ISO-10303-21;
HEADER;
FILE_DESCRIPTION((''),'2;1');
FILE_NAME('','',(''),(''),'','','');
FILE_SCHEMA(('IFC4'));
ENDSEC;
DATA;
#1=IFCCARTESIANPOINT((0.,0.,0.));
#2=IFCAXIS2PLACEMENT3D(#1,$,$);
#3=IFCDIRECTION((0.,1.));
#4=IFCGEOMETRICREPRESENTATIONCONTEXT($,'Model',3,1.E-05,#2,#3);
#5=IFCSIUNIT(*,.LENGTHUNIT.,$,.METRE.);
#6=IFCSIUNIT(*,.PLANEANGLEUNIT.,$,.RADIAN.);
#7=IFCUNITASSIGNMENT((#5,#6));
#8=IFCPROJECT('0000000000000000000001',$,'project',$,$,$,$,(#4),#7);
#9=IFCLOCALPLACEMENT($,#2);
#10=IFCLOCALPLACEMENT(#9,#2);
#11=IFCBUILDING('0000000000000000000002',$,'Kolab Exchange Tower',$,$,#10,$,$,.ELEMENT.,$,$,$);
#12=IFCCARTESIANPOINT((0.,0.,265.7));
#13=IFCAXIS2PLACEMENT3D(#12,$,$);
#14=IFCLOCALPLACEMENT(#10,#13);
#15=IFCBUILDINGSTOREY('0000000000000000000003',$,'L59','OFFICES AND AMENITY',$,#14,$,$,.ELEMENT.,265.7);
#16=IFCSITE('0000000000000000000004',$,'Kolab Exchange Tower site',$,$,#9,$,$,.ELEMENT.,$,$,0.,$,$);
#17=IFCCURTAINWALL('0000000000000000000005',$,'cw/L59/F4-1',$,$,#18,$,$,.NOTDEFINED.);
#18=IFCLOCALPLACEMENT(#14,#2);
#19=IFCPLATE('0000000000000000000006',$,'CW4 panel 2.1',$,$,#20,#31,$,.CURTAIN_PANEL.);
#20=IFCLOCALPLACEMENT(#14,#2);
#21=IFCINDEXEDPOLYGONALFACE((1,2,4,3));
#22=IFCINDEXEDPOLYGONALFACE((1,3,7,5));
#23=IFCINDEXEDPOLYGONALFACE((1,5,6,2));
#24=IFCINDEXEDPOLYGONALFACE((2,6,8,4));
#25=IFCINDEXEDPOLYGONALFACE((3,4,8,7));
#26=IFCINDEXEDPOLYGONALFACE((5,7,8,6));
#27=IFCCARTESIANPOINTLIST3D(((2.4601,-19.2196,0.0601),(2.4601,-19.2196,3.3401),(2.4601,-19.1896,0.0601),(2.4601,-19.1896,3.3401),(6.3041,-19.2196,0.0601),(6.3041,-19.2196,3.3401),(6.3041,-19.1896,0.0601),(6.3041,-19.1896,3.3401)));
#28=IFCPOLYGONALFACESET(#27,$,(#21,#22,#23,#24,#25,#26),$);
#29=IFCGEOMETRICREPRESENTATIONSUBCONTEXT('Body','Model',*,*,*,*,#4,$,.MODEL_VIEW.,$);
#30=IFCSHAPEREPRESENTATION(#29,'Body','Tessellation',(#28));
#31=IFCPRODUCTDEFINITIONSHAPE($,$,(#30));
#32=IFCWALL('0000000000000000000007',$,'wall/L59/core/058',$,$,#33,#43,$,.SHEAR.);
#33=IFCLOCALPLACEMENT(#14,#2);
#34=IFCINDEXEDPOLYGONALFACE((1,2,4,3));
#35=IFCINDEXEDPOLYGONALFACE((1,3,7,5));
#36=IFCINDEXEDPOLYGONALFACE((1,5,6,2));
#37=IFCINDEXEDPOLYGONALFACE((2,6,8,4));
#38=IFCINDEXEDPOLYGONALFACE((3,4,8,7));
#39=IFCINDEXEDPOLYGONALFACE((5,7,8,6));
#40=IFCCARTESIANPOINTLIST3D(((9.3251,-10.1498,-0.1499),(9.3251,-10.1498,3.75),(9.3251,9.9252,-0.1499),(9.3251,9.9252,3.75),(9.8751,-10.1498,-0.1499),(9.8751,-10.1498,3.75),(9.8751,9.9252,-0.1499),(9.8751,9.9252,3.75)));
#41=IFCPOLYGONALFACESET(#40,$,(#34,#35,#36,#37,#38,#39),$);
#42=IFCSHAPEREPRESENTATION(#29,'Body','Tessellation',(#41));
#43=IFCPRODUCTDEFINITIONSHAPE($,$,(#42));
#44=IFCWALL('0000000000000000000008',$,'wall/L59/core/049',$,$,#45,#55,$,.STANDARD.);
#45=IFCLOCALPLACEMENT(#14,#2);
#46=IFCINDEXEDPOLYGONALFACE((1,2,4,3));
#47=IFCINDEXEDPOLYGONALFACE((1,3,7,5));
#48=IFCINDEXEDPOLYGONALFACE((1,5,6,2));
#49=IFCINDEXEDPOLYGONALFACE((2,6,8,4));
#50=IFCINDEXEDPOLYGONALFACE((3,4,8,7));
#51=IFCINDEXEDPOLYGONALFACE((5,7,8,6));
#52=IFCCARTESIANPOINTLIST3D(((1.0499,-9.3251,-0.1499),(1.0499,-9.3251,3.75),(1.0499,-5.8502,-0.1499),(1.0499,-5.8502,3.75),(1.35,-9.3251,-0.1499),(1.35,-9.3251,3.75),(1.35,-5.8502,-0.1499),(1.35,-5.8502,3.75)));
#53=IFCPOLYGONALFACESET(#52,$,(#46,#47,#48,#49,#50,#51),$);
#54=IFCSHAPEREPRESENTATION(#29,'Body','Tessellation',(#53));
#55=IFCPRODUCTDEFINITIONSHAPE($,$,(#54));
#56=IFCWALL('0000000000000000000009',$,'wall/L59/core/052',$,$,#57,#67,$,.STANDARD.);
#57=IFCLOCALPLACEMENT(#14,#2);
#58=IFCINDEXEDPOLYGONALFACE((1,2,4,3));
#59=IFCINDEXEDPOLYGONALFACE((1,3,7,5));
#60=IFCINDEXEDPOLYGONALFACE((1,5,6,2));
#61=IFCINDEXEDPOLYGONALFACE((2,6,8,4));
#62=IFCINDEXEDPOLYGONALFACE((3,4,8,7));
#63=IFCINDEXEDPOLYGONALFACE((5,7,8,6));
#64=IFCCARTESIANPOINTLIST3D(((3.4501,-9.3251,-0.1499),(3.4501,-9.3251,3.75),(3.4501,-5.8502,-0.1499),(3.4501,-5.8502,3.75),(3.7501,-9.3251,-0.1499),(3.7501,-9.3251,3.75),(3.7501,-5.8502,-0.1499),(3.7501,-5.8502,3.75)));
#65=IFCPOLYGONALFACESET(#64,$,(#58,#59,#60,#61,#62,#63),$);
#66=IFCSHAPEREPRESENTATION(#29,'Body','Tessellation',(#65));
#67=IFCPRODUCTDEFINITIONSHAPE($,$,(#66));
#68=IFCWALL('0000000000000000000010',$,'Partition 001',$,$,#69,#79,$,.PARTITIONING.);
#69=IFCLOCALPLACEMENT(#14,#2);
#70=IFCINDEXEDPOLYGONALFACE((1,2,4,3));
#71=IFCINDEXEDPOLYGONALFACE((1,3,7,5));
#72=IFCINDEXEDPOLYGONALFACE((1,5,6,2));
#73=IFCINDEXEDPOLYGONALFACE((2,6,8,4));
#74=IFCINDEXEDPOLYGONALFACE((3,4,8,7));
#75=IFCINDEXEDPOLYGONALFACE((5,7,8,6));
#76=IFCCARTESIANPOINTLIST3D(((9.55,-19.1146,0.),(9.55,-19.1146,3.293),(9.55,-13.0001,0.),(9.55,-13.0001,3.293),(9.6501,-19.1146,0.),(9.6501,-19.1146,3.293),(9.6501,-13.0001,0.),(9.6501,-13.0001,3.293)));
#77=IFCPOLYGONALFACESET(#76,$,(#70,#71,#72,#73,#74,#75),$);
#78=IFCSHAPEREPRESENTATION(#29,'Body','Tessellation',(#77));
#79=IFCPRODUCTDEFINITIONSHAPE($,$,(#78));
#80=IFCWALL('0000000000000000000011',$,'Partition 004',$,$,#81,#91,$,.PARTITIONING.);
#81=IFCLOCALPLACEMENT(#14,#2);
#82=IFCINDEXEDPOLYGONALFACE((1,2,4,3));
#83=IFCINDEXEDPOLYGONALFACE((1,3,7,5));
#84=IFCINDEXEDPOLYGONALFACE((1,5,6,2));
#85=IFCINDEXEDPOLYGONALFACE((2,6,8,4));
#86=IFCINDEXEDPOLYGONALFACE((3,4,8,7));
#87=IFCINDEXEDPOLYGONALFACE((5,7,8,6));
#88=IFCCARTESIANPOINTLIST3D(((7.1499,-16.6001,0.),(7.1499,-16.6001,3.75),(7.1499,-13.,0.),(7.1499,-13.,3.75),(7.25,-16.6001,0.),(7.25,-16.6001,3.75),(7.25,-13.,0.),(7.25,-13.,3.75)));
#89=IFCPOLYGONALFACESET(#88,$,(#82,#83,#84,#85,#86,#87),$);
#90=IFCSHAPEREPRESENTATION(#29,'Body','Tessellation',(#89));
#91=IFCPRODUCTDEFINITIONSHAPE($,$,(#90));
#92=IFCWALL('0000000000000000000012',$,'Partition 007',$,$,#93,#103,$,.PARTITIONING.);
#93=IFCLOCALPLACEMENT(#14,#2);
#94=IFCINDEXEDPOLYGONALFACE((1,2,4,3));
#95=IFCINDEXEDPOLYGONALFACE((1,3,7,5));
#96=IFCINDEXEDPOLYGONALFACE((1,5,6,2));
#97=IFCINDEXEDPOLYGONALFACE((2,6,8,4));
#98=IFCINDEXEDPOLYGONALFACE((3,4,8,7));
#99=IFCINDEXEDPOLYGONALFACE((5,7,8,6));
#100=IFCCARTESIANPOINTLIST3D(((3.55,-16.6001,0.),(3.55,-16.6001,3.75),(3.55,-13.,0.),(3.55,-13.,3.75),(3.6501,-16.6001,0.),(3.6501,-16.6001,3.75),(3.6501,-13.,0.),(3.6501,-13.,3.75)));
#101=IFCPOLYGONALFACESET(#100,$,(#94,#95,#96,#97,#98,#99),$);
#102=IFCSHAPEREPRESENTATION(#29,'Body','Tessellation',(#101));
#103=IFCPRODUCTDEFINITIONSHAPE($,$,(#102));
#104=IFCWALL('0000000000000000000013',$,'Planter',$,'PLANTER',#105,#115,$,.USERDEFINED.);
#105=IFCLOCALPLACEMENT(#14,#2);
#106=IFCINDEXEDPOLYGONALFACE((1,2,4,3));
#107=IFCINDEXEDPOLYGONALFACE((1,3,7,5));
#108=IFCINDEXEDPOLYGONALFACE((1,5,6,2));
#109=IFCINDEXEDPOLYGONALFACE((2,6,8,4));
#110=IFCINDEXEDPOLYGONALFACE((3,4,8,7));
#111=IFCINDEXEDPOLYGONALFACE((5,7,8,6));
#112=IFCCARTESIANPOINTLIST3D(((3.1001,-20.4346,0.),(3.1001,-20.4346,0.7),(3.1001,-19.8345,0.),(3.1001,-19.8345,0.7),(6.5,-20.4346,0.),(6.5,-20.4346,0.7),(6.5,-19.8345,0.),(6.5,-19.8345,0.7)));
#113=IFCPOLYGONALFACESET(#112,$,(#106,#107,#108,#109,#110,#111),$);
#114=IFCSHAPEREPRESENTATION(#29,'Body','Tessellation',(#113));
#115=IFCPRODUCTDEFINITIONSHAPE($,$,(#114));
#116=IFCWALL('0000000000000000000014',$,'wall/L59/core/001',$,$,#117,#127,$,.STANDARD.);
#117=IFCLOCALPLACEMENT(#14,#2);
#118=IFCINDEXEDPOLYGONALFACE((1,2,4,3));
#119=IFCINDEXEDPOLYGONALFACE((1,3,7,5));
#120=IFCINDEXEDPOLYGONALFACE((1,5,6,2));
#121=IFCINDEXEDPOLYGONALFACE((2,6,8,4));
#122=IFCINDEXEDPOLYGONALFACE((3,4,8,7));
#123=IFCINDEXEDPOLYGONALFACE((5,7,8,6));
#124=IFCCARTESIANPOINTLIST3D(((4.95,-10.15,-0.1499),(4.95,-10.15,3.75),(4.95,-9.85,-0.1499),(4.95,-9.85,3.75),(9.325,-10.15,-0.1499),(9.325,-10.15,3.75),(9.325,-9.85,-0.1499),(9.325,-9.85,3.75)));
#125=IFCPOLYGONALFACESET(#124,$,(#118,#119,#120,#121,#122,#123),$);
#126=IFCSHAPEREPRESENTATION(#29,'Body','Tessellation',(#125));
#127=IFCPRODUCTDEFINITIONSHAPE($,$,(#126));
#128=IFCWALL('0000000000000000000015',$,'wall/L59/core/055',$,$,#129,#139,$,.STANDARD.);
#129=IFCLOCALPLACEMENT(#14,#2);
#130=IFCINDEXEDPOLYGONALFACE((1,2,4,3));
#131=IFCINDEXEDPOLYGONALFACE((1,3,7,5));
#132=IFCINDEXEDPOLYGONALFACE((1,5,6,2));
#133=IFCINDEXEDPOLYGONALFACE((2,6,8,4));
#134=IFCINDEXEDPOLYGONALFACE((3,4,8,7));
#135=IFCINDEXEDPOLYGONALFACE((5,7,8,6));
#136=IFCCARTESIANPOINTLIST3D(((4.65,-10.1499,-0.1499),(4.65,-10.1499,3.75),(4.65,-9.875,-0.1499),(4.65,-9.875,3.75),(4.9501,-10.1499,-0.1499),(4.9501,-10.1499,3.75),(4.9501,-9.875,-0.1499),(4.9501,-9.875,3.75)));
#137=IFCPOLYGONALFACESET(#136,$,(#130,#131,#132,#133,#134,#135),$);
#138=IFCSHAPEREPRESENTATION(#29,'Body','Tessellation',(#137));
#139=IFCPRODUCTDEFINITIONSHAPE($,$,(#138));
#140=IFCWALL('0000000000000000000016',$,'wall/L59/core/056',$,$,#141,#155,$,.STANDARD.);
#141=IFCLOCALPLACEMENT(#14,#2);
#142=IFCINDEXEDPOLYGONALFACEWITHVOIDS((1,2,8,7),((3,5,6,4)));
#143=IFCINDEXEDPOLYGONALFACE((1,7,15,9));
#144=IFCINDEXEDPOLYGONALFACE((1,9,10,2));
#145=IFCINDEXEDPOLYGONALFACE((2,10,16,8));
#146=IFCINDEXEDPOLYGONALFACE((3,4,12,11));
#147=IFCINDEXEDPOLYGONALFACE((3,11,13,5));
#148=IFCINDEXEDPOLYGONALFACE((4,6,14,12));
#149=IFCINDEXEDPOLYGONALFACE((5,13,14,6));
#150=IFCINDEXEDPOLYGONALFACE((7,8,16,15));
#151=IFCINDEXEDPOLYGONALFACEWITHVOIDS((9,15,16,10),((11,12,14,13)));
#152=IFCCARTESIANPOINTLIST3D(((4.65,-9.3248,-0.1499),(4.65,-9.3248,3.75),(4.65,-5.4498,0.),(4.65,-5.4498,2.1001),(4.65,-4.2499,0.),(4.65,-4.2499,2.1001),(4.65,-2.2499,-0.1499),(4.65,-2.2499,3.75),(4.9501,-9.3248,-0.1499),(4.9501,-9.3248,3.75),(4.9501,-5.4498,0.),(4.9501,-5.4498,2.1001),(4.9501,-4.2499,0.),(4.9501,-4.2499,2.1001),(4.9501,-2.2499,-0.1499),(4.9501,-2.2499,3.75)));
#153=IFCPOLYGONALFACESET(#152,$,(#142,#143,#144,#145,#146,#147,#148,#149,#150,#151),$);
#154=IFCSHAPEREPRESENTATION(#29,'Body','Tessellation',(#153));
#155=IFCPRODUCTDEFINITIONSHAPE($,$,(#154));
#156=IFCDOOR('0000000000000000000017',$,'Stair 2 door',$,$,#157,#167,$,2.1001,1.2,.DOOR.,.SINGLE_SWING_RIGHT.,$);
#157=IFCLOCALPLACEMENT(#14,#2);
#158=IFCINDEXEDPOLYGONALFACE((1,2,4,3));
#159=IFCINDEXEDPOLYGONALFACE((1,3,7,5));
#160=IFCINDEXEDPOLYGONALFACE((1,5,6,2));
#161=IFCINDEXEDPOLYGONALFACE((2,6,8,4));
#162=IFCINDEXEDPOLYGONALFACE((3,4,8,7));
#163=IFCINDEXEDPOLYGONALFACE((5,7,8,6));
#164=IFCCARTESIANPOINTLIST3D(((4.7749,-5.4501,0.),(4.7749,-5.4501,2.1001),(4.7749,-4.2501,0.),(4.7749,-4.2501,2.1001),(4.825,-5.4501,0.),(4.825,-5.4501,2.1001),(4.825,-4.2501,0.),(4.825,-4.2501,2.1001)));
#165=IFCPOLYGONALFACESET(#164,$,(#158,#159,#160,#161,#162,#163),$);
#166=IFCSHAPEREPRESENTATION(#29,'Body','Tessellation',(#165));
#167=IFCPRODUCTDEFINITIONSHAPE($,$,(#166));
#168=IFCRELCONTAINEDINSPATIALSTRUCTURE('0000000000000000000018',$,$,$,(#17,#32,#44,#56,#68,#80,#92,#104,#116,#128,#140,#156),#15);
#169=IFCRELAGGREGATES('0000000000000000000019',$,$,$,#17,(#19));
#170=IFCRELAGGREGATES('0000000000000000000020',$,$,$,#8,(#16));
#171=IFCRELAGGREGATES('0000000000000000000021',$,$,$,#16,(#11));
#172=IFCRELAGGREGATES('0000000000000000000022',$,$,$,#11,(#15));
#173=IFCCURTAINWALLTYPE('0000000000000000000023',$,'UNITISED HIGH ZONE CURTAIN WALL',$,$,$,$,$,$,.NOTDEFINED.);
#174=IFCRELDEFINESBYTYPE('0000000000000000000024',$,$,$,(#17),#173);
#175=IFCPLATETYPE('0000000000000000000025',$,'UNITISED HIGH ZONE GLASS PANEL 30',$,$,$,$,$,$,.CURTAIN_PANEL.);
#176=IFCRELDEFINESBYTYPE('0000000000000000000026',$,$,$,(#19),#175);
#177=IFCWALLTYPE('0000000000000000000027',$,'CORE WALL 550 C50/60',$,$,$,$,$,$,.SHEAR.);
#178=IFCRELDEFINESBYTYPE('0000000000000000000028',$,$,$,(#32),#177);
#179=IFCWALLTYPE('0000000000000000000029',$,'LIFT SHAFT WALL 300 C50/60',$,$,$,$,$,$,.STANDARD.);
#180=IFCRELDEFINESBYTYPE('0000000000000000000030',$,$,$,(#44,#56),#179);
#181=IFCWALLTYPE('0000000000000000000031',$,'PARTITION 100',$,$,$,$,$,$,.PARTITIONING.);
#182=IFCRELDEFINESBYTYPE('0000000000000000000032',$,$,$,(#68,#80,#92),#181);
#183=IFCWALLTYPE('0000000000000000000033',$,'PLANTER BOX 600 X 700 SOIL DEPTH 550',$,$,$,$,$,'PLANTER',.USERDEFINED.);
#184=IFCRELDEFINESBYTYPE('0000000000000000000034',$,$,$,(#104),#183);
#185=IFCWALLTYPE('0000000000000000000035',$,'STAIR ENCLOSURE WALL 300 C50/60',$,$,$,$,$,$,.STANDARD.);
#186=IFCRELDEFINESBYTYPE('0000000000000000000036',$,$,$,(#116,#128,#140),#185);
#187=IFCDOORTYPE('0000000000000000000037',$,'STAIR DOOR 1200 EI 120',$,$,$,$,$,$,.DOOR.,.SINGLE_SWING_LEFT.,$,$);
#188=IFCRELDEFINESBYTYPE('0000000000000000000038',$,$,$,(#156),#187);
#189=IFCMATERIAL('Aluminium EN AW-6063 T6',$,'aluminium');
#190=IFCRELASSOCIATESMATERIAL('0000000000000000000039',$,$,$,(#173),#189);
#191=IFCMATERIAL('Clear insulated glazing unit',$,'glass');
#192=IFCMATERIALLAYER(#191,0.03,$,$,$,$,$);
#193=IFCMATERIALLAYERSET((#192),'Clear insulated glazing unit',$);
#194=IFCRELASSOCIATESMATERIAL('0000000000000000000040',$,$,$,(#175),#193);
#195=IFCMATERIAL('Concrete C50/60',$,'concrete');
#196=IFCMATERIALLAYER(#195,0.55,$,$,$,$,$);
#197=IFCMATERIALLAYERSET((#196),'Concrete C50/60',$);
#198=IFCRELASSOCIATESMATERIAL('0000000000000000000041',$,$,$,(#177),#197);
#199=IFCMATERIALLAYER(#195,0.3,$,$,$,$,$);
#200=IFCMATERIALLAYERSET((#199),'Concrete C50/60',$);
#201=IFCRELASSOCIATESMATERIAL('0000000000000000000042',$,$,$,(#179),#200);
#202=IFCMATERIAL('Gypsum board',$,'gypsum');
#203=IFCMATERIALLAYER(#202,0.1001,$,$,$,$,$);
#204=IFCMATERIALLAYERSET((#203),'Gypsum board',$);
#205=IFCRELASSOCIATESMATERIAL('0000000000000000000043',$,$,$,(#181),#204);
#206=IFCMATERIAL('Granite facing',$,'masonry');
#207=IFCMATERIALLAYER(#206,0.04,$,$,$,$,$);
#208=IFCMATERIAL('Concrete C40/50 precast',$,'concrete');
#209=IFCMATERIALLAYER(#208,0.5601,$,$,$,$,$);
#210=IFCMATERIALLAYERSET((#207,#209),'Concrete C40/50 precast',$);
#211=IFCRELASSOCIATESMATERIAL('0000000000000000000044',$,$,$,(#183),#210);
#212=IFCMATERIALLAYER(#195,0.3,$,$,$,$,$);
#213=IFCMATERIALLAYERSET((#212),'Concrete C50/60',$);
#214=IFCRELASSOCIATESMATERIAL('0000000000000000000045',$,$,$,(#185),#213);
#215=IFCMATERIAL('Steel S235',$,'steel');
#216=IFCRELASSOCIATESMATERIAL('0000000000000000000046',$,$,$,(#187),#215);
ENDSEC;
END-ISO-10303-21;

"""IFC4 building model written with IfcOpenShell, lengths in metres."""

from ifc_helpers import new_model, si_unit, direction, frame, frame_2d, origin, origin_2d, place, context, subcontext, project, spatial, rectangle, extrude, material, layer, layer_set, type_object, element, fill, aggregate, save


model = new_model("IFC4")

# Units and contexts
model_context = context("Model", 3, precision=1e-05, world=origin(), true_north=direction((0.0, 1.0)))
body_context = subcontext(model_context, "Body", "Model", "MODEL_VIEW")
ifc_project = project(units=[si_unit("LENGTHUNIT", "METRE"), si_unit("PLANEANGLEUNIT", "RADIAN")], contexts=[model_context])

# Site, building, storey
site_placement = place(None, origin())
site = spatial("IfcSite", under=ifc_project, at=site_placement, Name="Kolab Exchange Tower site", CompositionType="ELEMENT", RefElevation=0.0)
building_placement = place(site_placement, origin())
building = spatial("IfcBuilding", under=site, at=building_placement, Name="Kolab Exchange Tower", CompositionType="ELEMENT")
storey_placement = place(building_placement, frame((0.0, 0.0, 265.7)))
storey = spatial("IfcBuildingStorey", under=building, at=storey_placement, Name="L59", Description="OFFICES AND AMENITY", CompositionType="ELEMENT", Elevation=265.7)

# Shared definitions
ifc_material_1 = material(Name="Concrete C50/60", Category="concrete")

# Curtain wall, plate
ifc_material_2 = material(Name="Aluminium EN AW-6063 T6", Category="aluminium")
curtain_wall_type = type_object("IfcCurtainWallType", Name="UNITISED HIGH ZONE CURTAIN WALL", PredefinedType="NOTDEFINED", material=ifc_material_2)
curtain_wall_placement = place(storey_placement, origin())
curtain_wall = element("IfcCurtainWall", 1, at=curtain_wall_placement, inside=storey, type_object=curtain_wall_type, Name="cw/L59/F4-1", PredefinedType="NOTDEFINED")
ifc_material_3 = material(Name="Clear insulated glazing unit", Category="glass")
ifc_layer_1 = layer(ifc_material_3, 0.03)
ifc_layer_set_1 = layer_set([ifc_layer_1], Name="Clear insulated glazing unit")
plate_type = type_object("IfcPlateType", Name="UNITISED HIGH ZONE GLASS PANEL 30", PredefinedType="CURTAIN_PANEL", material=ifc_layer_set_1)
plate_1_placement = place(storey_placement, frame((4.3821, -19.2046, 0.0601), z_axis=(0.0, 0.0, 1.0), x_axis=(-1.0, 0.0, 0.0)))
plate_1 = element("IfcPlate", 2, at=plate_1_placement, type_object=plate_type, Name="CW4 panel 2.1", PredefinedType="CURTAIN_PANEL", context=body_context, shape_type="SweptSolid", body=[
    extrude(rectangle(XDim=3.844, YDim=0.03, at=origin_2d()), origin(), (0.0, 0.0, 1.0), 3.28),
])
aggregate(curtain_wall, [plate_1])

# Wall
ifc_layer_2 = layer(ifc_material_1, 0.55)
ifc_layer_set_2 = layer_set([ifc_layer_2], Name="Concrete C50/60")
wall_type_1 = type_object("IfcWallType", Name="CORE WALL 550 C50/60", PredefinedType="SHEAR", material=ifc_layer_set_2)
wall_1_placement = place(storey_placement, frame((9.6001, -10.1499, -0.1499), z_axis=(0.0, 0.0, 1.0), x_axis=(0.0, 1.0, 0.0)))
element("IfcWall", 3, at=wall_1_placement, inside=storey, type_object=wall_type_1, Name="wall/L59/core/058", PredefinedType="SHEAR", context=body_context, shape_type="SweptSolid", body=[
    extrude(rectangle(XDim=20.075, YDim=0.55, at=frame_2d((10.0376, 0.0))), origin(), (0.0, 0.0, 1.0), 3.8999),
])

# Walls
ifc_layer_3 = layer(ifc_material_1, 0.3)
ifc_layer_set_3 = layer_set([ifc_layer_3], Name="Concrete C50/60")
wall_type_2 = type_object("IfcWallType", Name="LIFT SHAFT WALL 300 C50/60", PredefinedType="STANDARD", material=ifc_layer_set_3)
for number, where, z_axis, x_axis, name in (
    (4, (1.2, -9.325, -0.1499), (0.0, 0.0, 1.0), (0.0, 1.0, 0.0), "wall/L59/core/049"),
    (5, (3.6001, -9.325, -0.1499), (0.0, 0.0, 1.0), (0.0, 1.0, 0.0), "wall/L59/core/052"),
):
    element("IfcWall", number, at=place(storey_placement, frame(where, z_axis=z_axis, x_axis=x_axis)), inside=storey, type_object=wall_type_2, Name=name, PredefinedType="STANDARD", context=body_context, shape_type="SweptSolid", body=[
        extrude(rectangle(XDim=3.4749, YDim=0.3, at=frame_2d((1.7373, 0.0))), origin(), (0.0, 0.0, 1.0), 3.8999),
    ])
ifc_material_4 = material(Name="Gypsum board", Category="gypsum")
ifc_layer_4 = layer(ifc_material_4, 0.1001)
ifc_layer_set_4 = layer_set([ifc_layer_4], Name="Gypsum board")
wall_type_3 = type_object("IfcWallType", Name="PARTITION 100", PredefinedType="PARTITIONING", material=ifc_layer_set_4)
wall_2_placement = place(storey_placement, frame((9.6001, -19.1145, 0.0), z_axis=(0.0, 0.0, 1.0), x_axis=(0.0, 1.0, 0.0)))
element("IfcWall", 6, at=wall_2_placement, inside=storey, type_object=wall_type_3, Name="Partition 001", PredefinedType="PARTITIONING", context=body_context, shape_type="SweptSolid", body=[
    extrude(rectangle(XDim=6.1145, YDim=0.1001, at=frame_2d((3.0571, 0.0))), origin(), (0.0, 0.0, 1.0), 3.293),
])
for number, where, z_axis, x_axis, name in (
    (7, (7.2, -16.6001, 0.0), (0.0, 0.0, 1.0), (0.0, 1.0, 0.0), "Partition 004"),
    (8, (3.6001, -16.6001, 0.0), (0.0, 0.0, 1.0), (0.0, 1.0, 0.0), "Partition 007"),
):
    element("IfcWall", number, at=place(storey_placement, frame(where, z_axis=z_axis, x_axis=x_axis)), inside=storey, type_object=wall_type_3, Name=name, PredefinedType="PARTITIONING", context=body_context, shape_type="SweptSolid", body=[
        extrude(rectangle(XDim=3.6001, YDim=0.1001, at=frame_2d((1.8, 0.0))), origin(), (0.0, 0.0, 1.0), 3.75),
    ])
ifc_material_5 = material(Name="Granite facing", Category="masonry")
ifc_layer_5 = layer(ifc_material_5, 0.04)
ifc_material_6 = material(Name="Concrete C40/50 precast", Category="concrete")
ifc_layer_6 = layer(ifc_material_6, 0.5601)
ifc_layer_set_5 = layer_set([ifc_layer_5, ifc_layer_6], Name="Concrete C40/50 precast")
wall_type_4 = type_object("IfcWallType", Name="PLANTER BOX 600 X 700 SOIL DEPTH 550", ElementType="PLANTER", PredefinedType="USERDEFINED", material=ifc_layer_set_5)
wall_3_placement = place(storey_placement, frame((6.5, -20.1345, 0.0), z_axis=(0.0, 0.0, 1.0), x_axis=(-1.0, 0.0, 0.0)))
element("IfcWall", 9, at=wall_3_placement, inside=storey, type_object=wall_type_4, Name="Planter", ObjectType="PLANTER", PredefinedType="USERDEFINED", context=body_context, shape_type="SweptSolid", body=[
    extrude(rectangle(XDim=3.3999, YDim=0.6001, at=frame_2d((1.7, 0.0))), origin(), (0.0, 0.0, 1.0), 0.7),
])
ifc_layer_7 = layer(ifc_material_1, 0.3)
ifc_layer_set_6 = layer_set([ifc_layer_7], Name="Concrete C50/60")
wall_type_5 = type_object("IfcWallType", Name="STAIR ENCLOSURE WALL 300 C50/60", PredefinedType="STANDARD", material=ifc_layer_set_6)
wall_4_placement = place(storey_placement, frame((4.95, -10.0, -0.1499), z_axis=(0.0, 0.0, 1.0), x_axis=(1.0, 0.0, 0.0)))
element("IfcWall", 10, at=wall_4_placement, inside=storey, type_object=wall_type_5, Name="wall/L59/core/001", PredefinedType="STANDARD", context=body_context, shape_type="SweptSolid", body=[
    extrude(rectangle(XDim=4.375, YDim=0.3, at=frame_2d((2.1875, 0.0))), origin(), (0.0, 0.0, 1.0), 3.8999),
])
wall_5_placement = place(storey_placement, frame((4.8, -10.1499, -0.1499), z_axis=(0.0, 0.0, 1.0), x_axis=(0.0, 1.0, 0.0)))
element("IfcWall", 11, at=wall_5_placement, inside=storey, type_object=wall_type_5, Name="wall/L59/core/055", PredefinedType="STANDARD", context=body_context, shape_type="SweptSolid", body=[
    extrude(rectangle(XDim=0.2749, YDim=0.3, at=frame_2d((0.1375, 0.0))), origin(), (0.0, 0.0, 1.0), 3.8999),
])

# Wall, opening, door
wall_6_placement = place(storey_placement, frame((4.8, -9.325, -0.1499), z_axis=(0.0, 0.0, 1.0), x_axis=(0.0, 1.0, 0.0)))
wall_6 = element("IfcWall", 12, at=wall_6_placement, inside=storey, type_object=wall_type_5, Name="wall/L59/core/056", PredefinedType="STANDARD", context=body_context, shape_type="SweptSolid", body=[
    extrude(rectangle(XDim=7.075, YDim=0.3, at=frame_2d((3.5376, 0.0))), origin(), (0.0, 0.0, 1.0), 3.8999),
])
opening_1_placement = place(wall_6_placement, frame((3.875, 0.0, 0.1499)))
opening_1 = element("IfcOpeningElement", 13, at=opening_1_placement, cuts=wall_6, PredefinedType="OPENING", context=body_context, shape_type="SweptSolid", body=[
    extrude(rectangle(XDim=1.2, YDim=2.1001, at=frame_2d((0.6001, 1.05))), frame((0.0, 0.1602, 0.0), z_axis=(0.0, -1.0, 0.0), x_axis=(1.0, 0.0, 0.0)), (0.0, 0.0, 1.0), 0.3201),
])
ifc_material_7 = material(Name="Steel S235", Category="steel")
door_type_1 = type_object("IfcDoorType", Name="STAIR DOOR 1200 EI 120", OperationType="SINGLE_SWING_LEFT", PredefinedType="DOOR", material=ifc_material_7)
door_1_placement = place(opening_1_placement, frame((1.2, 0.0, 0.0), z_axis=(0.0, 0.0, 1.0), x_axis=(-1.0, 0.0, 0.0)))
door_1 = element("IfcDoor", 14, at=door_1_placement, inside=storey, type_object=door_type_1, Name="Stair 2 door", OperationType="SINGLE_SWING_RIGHT", OverallHeight=2.1001, OverallWidth=1.2, PredefinedType="DOOR", context=body_context, shape_type="SweptSolid", body=[
    extrude(rectangle(XDim=1.2, YDim=2.1001, at=frame_2d((0.6001, 1.05))), frame((0.0, 0.0249, 0.0), z_axis=(0.0, -1.0, 0.0), x_axis=(1.0, 0.0, 0.0)), (0.0, 0.0, 1.0), 0.05),
])
fill(opening_1, door_1)

save(model, "model.ifc")
